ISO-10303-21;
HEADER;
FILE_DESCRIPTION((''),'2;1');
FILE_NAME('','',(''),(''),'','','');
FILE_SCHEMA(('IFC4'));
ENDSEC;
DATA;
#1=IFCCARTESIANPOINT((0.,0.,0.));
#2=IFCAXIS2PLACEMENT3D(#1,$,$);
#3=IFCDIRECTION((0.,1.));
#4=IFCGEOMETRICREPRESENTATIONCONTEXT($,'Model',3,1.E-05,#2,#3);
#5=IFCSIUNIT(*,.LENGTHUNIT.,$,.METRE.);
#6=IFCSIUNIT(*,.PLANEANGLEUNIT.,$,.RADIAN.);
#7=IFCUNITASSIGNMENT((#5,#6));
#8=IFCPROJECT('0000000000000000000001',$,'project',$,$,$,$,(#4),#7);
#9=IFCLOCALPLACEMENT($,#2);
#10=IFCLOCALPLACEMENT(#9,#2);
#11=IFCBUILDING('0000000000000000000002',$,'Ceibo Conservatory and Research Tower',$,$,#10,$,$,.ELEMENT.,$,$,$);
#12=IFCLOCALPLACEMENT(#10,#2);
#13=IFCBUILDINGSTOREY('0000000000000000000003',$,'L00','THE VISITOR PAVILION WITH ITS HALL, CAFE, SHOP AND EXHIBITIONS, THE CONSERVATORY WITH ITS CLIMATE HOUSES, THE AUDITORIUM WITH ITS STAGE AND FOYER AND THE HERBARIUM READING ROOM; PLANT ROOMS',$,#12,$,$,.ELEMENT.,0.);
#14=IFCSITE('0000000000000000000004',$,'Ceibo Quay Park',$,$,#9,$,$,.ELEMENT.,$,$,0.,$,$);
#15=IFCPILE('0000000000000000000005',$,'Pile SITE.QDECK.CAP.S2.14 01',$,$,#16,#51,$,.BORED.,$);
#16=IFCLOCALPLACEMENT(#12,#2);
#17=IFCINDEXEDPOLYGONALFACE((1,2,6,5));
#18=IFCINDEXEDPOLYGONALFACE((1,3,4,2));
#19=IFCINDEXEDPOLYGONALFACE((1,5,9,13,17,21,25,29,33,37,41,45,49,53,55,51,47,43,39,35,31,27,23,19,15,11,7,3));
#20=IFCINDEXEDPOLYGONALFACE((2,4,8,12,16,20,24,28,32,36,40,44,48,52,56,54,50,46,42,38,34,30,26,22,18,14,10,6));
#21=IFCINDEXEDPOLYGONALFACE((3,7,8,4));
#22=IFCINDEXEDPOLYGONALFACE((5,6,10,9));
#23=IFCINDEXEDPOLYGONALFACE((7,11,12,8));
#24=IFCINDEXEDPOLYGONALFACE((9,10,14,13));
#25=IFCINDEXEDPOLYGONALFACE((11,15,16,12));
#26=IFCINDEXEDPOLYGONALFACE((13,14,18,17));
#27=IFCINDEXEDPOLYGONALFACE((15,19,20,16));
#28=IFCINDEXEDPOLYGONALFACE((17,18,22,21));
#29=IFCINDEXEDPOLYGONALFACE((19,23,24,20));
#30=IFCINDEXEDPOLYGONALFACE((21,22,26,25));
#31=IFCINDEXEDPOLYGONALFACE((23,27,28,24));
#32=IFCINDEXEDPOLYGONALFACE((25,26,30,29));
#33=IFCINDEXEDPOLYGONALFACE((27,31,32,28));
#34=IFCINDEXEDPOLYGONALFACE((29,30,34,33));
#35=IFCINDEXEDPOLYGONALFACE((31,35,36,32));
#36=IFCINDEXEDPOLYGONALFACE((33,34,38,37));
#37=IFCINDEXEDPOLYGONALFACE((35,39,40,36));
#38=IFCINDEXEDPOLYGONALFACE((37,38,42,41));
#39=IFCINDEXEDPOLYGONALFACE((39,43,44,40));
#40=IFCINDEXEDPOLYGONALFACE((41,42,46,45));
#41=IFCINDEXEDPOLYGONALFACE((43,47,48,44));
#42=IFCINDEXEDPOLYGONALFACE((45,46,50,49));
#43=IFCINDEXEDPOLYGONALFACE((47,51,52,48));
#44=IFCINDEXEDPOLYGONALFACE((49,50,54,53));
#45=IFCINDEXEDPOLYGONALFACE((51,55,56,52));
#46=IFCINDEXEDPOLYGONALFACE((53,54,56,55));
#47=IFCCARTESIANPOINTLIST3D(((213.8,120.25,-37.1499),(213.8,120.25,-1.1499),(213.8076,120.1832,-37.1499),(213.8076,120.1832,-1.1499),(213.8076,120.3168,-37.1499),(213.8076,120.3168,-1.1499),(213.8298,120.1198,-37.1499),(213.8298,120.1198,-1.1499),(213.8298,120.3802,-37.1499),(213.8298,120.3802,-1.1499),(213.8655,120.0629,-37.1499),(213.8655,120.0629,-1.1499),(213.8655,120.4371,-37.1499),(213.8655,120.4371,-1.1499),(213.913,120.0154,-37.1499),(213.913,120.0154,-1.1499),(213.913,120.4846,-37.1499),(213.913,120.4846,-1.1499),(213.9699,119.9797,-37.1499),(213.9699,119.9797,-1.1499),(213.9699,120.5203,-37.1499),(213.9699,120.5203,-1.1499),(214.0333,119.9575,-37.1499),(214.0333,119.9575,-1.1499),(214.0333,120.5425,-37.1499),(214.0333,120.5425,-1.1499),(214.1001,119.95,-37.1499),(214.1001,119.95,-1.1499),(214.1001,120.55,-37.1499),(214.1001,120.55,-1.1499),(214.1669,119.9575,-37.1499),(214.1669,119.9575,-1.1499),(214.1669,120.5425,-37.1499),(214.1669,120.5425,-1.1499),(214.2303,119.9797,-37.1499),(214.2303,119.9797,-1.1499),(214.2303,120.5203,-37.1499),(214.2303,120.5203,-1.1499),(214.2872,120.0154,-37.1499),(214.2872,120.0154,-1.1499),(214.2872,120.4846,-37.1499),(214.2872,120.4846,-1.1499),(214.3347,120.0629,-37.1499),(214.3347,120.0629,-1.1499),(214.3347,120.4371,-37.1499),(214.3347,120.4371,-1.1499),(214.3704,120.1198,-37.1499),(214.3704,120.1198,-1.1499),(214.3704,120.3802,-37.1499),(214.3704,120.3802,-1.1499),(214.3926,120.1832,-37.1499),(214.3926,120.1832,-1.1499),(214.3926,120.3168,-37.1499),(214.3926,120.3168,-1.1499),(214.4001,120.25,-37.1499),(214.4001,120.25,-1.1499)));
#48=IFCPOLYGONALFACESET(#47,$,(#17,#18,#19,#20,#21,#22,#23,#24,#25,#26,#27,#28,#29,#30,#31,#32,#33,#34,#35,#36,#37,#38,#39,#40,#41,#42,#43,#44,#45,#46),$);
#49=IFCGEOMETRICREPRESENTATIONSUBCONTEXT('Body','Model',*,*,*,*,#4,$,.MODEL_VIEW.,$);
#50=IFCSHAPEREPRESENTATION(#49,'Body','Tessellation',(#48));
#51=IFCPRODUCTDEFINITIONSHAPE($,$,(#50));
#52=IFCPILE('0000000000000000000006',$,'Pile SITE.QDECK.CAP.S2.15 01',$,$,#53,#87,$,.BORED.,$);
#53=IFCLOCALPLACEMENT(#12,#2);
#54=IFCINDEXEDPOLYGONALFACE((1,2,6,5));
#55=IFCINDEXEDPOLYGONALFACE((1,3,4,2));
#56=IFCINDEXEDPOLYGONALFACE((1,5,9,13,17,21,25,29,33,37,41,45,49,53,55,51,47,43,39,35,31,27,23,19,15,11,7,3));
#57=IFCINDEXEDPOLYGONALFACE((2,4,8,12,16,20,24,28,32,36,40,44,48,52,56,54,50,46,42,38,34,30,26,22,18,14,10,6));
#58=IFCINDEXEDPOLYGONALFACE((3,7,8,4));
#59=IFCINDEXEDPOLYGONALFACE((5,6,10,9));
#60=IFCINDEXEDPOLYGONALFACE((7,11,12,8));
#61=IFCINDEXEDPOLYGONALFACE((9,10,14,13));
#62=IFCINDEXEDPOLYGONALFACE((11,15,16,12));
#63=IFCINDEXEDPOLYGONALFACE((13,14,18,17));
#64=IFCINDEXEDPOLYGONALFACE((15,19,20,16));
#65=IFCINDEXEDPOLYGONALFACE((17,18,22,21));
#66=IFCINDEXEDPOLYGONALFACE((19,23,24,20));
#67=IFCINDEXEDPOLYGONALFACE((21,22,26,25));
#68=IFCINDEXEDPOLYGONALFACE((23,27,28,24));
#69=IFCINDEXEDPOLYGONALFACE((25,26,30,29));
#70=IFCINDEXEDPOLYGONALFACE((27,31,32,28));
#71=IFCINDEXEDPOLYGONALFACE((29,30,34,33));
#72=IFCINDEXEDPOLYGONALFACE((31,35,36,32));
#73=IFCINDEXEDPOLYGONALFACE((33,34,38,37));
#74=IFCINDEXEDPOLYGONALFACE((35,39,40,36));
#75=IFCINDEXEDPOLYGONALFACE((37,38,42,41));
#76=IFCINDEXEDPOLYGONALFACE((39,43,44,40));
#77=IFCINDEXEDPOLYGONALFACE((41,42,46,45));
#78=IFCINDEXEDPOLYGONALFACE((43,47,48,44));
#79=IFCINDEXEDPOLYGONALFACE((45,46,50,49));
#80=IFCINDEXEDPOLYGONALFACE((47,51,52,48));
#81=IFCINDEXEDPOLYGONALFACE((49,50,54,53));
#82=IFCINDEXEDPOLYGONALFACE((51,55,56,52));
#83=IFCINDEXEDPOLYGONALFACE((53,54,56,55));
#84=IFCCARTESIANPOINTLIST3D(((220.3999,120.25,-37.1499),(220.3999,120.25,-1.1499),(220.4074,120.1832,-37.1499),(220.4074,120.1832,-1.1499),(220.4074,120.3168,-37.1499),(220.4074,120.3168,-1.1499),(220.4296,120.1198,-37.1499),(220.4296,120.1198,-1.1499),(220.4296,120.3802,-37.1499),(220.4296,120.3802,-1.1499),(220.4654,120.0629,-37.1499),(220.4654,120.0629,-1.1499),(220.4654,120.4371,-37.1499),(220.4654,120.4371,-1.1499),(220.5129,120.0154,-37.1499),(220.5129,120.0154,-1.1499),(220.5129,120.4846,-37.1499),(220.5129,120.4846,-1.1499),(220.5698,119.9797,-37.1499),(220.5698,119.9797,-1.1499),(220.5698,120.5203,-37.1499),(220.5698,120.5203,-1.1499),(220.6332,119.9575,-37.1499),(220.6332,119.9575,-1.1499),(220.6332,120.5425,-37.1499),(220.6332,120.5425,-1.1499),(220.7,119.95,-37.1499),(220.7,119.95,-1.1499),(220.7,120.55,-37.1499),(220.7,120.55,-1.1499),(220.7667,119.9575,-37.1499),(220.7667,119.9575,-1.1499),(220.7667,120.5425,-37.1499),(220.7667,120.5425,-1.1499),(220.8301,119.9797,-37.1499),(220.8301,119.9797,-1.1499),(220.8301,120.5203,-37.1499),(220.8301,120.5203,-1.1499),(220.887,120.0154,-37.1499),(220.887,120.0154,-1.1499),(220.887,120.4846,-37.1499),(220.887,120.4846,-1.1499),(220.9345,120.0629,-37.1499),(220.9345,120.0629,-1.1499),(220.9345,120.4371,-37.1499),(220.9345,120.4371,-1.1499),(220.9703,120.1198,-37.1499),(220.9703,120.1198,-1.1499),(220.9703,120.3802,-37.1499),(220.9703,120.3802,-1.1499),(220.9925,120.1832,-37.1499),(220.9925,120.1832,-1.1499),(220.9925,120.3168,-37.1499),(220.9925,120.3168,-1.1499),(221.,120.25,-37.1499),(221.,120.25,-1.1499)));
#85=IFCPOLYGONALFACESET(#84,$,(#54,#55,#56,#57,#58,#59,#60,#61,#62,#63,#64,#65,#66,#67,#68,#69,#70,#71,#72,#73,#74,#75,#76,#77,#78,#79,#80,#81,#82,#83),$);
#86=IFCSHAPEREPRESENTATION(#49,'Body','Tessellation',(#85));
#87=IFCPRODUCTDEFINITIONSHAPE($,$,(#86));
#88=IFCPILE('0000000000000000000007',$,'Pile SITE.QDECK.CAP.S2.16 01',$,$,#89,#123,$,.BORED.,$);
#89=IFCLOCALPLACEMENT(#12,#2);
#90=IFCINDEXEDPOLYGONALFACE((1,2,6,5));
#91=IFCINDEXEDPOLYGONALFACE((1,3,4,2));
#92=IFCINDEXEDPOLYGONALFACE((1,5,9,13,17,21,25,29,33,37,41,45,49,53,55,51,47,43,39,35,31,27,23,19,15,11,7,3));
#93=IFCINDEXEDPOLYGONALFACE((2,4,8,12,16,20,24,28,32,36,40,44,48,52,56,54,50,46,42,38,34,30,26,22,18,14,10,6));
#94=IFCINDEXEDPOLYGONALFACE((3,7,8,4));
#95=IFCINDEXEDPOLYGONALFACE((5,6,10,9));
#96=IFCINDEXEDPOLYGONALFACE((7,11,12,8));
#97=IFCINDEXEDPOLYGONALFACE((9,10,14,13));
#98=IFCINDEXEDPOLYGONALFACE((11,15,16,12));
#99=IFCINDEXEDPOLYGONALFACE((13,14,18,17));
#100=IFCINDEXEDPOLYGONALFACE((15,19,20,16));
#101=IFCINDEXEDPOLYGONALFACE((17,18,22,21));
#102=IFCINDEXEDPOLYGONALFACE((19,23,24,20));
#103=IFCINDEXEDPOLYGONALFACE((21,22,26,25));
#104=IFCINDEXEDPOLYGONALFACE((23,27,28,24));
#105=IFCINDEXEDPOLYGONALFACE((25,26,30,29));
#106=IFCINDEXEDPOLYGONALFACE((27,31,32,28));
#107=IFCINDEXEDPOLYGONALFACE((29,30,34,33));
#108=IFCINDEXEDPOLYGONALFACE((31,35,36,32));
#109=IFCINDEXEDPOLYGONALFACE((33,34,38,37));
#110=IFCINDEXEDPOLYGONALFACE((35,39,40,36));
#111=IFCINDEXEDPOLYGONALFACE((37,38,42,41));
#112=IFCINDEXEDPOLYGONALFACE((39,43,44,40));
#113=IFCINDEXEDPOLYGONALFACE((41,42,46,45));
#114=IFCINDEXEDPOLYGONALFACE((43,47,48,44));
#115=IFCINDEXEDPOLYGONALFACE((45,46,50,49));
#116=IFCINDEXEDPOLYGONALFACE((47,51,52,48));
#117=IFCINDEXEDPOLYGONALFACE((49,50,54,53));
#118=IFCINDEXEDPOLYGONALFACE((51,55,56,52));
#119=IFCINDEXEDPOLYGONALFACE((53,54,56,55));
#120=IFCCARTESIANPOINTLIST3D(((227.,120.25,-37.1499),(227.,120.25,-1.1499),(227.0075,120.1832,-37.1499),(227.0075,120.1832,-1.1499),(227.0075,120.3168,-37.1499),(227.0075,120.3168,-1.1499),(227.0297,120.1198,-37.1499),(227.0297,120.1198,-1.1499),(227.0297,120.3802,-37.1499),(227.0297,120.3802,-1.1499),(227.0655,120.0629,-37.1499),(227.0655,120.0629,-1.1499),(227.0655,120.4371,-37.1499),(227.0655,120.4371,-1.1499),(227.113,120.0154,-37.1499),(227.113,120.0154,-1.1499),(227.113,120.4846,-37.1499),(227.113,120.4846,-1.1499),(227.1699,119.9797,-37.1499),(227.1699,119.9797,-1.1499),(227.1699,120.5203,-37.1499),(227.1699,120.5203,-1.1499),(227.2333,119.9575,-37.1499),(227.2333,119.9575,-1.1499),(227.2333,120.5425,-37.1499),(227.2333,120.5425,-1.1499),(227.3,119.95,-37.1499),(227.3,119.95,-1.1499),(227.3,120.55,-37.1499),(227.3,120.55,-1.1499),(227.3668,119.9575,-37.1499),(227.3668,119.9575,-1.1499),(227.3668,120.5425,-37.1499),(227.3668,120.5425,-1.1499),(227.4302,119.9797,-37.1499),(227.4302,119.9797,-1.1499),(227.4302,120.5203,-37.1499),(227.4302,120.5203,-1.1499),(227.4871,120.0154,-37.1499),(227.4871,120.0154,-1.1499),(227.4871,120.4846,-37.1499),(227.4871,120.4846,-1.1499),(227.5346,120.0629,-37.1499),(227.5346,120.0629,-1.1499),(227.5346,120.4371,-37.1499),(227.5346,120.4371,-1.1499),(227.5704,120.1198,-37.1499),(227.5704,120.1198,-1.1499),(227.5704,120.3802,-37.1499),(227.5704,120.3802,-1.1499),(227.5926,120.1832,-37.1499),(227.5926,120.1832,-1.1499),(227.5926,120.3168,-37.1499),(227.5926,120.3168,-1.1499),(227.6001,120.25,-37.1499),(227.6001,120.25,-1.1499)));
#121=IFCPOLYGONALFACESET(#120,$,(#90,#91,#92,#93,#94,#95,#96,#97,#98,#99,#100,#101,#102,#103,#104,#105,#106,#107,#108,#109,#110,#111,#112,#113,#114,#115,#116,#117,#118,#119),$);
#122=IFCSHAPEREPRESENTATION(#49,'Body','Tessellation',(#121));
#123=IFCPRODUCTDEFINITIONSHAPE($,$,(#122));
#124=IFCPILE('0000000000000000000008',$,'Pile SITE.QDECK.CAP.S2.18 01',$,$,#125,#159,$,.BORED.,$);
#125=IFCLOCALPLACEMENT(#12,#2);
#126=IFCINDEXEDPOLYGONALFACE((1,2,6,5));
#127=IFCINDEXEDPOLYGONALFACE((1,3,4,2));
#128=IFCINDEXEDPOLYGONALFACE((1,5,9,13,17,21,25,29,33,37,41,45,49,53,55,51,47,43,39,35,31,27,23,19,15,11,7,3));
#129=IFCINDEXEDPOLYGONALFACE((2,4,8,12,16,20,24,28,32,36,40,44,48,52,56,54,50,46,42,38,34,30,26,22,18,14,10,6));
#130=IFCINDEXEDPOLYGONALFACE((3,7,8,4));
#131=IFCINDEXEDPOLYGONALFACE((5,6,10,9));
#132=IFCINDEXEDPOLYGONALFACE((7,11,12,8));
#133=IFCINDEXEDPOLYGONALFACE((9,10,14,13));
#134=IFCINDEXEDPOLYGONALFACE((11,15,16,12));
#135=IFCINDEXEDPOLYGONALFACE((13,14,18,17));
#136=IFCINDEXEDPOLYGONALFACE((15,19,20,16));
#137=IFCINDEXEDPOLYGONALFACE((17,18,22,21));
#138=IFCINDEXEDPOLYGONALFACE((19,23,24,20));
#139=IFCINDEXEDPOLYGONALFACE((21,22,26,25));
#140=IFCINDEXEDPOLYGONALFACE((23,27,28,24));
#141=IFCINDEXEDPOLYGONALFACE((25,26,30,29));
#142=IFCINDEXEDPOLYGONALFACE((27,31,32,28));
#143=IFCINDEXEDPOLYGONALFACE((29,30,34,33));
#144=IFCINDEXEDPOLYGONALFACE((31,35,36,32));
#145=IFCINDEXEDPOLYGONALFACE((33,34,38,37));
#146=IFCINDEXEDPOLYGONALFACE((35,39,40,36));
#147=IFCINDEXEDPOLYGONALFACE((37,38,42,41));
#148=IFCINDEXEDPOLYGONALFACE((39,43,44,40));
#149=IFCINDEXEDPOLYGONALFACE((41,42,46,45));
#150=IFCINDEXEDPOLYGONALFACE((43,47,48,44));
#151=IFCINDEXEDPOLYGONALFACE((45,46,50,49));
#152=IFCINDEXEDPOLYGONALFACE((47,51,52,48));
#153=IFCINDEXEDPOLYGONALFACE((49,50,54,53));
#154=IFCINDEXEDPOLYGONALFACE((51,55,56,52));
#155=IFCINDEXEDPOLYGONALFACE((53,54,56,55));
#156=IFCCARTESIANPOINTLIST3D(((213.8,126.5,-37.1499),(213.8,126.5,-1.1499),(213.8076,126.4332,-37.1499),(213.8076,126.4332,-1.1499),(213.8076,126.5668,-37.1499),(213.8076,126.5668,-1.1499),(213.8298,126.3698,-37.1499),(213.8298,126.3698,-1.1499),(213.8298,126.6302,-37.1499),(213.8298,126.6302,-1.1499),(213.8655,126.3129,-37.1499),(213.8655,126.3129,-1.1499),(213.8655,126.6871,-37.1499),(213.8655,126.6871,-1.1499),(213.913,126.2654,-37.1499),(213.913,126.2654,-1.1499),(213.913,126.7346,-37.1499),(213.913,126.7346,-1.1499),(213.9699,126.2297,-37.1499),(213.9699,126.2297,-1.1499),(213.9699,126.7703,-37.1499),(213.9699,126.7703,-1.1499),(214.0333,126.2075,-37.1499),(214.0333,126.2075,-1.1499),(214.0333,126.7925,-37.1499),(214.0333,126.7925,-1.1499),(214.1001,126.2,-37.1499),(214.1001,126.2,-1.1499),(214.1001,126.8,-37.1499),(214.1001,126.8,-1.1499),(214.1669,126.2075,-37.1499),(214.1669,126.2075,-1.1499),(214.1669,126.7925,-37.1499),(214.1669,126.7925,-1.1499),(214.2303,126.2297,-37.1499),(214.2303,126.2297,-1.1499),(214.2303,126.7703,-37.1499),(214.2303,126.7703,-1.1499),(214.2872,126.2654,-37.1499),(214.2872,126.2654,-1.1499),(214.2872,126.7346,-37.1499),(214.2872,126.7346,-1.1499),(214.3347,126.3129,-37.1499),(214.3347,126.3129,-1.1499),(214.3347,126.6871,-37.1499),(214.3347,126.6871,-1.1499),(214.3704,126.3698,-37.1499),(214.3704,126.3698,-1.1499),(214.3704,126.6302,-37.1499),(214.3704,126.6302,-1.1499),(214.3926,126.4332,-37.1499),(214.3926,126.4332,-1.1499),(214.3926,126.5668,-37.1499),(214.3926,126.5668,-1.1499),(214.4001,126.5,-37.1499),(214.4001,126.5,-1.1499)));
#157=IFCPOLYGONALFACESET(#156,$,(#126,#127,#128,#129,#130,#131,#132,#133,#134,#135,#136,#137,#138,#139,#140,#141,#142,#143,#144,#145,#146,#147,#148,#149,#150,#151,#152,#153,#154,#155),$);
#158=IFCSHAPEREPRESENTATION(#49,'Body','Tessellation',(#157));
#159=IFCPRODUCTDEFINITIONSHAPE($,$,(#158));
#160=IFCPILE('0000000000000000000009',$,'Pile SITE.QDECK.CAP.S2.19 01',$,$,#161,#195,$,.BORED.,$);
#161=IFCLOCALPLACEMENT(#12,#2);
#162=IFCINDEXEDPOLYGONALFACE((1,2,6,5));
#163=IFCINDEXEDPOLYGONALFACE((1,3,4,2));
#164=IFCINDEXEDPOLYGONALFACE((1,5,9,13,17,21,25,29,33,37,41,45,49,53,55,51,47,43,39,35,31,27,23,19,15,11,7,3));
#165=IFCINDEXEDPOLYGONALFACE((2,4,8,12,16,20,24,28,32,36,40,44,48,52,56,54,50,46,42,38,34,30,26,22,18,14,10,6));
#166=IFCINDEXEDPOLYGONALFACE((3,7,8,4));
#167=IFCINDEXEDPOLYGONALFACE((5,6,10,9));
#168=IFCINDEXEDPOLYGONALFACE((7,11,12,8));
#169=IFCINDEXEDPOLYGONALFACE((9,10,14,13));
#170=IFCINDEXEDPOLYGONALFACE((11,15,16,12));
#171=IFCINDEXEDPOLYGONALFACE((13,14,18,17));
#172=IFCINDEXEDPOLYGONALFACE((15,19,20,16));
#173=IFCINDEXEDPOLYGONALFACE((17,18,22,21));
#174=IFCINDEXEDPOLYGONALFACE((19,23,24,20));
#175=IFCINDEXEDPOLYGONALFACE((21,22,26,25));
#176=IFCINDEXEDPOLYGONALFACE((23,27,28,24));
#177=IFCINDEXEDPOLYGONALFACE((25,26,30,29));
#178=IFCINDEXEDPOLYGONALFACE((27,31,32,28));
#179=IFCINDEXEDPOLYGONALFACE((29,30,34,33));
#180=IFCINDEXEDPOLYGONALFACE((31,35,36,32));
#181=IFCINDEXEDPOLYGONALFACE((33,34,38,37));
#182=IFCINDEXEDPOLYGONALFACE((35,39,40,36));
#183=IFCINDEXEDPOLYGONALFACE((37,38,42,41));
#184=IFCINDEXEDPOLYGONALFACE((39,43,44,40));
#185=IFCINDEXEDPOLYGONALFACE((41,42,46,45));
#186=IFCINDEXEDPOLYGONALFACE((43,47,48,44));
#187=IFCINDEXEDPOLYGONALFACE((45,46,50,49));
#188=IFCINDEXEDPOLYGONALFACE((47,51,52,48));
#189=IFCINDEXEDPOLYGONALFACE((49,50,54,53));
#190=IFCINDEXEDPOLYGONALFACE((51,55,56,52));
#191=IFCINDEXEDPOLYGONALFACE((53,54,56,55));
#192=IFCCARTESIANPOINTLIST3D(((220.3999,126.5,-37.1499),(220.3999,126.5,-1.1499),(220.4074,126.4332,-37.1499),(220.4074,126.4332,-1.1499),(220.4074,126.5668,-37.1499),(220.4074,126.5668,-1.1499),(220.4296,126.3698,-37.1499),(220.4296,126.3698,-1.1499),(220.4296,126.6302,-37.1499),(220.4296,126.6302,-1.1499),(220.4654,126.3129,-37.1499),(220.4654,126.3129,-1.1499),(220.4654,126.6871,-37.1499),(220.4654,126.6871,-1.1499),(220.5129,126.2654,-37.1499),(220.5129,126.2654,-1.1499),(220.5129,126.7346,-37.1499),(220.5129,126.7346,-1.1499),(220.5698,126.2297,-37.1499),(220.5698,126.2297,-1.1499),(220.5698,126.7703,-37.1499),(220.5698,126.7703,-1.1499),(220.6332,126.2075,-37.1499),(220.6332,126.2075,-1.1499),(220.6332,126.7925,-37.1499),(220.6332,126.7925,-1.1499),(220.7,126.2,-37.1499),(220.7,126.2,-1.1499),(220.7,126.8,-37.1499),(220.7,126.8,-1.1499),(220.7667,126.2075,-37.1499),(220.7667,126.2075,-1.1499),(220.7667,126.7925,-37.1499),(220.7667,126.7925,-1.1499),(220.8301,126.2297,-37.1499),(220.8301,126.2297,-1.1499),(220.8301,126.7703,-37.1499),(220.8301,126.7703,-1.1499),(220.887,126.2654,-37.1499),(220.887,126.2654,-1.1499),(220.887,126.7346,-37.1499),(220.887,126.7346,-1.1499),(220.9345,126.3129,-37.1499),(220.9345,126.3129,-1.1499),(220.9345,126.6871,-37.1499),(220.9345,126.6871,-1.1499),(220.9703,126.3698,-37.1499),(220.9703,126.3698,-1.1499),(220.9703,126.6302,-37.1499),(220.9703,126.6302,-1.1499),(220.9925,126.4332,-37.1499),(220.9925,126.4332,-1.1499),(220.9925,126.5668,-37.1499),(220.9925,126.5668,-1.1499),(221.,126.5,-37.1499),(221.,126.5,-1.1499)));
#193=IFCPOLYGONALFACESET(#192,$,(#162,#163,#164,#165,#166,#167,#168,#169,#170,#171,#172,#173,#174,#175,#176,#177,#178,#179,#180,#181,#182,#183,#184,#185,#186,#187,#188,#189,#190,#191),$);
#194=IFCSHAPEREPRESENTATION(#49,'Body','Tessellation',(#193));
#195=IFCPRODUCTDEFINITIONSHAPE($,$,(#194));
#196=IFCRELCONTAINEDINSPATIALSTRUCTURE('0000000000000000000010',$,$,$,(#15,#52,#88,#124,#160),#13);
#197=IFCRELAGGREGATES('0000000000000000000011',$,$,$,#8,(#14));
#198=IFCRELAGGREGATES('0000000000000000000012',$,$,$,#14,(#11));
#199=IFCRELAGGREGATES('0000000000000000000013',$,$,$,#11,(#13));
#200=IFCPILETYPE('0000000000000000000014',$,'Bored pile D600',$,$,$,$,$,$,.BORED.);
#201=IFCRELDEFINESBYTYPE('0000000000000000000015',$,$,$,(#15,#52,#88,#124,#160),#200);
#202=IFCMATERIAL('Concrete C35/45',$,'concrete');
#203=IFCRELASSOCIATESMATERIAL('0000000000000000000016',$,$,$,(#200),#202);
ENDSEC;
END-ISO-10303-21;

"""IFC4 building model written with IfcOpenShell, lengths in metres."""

from ifc_helpers import new_model, si_unit, direction, frame, origin, origin_2d, place, context, subcontext, project, spatial, circle, extrude, material, material_profile, profile_set, type_object, element, save


model = new_model("IFC4")

# Units and contexts
model_context = context("Model", 3, precision=1e-05, world=origin(), true_north=direction((0.0, 1.0)))
body_context = subcontext(model_context, "Body", "Model", "MODEL_VIEW")
ifc_project = project(units=[si_unit("LENGTHUNIT", "METRE"), si_unit("PLANEANGLEUNIT", "RADIAN")], contexts=[model_context])

# Site, building, storey
site_placement = place(None, origin())
site = spatial("IfcSite", under=ifc_project, at=site_placement, Name="Ceibo Quay Park", CompositionType="ELEMENT", RefElevation=0.0)
building_placement = place(site_placement, origin())
building = spatial("IfcBuilding", under=site, at=building_placement, Name="Ceibo Conservatory and Research Tower", CompositionType="ELEMENT")
storey_placement = place(building_placement, origin())
storey = spatial("IfcBuildingStorey", under=building, at=storey_placement, Name="L00", Description="THE VISITOR PAVILION WITH ITS HALL, CAFE, SHOP AND EXHIBITIONS, THE CONSERVATORY WITH ITS CLIMATE HOUSES, THE AUDITORIUM WITH ITS STAGE AND FOYER AND THE HERBARIUM READING ROOM; PLANT ROOMS", CompositionType="ELEMENT", Elevation=0.0)

# Piles
ifc_material = material(Name="Concrete C35/45", Category="concrete")
ifc_material_profile = material_profile(ifc_material, circle(Radius=0.3, at=origin_2d()), Name="RC D600")
ifc_profile_set = profile_set([ifc_material_profile], Name="Concrete C35/45")
pile_type = type_object("IfcPileType", Name="Bored pile D600", PredefinedType="BORED", material=ifc_profile_set)
for number, where, z_axis, x_axis, name in (
    (1, (214.1001, 120.25, -1.1499), (0.0, 0.0, -1.0), (1.0, 0.0, 0.0), "Pile SITE.QDECK.CAP.S2.14 01"),
    (2, (220.7, 120.25, -1.1499), (0.0, 0.0, -1.0), (1.0, 0.0, 0.0), "Pile SITE.QDECK.CAP.S2.15 01"),
    (3, (227.3, 120.25, -1.1499), (0.0, 0.0, -1.0), (1.0, 0.0, 0.0), "Pile SITE.QDECK.CAP.S2.16 01"),
    (4, (214.1001, 126.5, -1.1499), (0.0, 0.0, -1.0), (1.0, 0.0, 0.0), "Pile SITE.QDECK.CAP.S2.18 01"),
    (5, (220.7, 126.5, -1.1499), (0.0, 0.0, -1.0), (1.0, 0.0, 0.0), "Pile SITE.QDECK.CAP.S2.19 01"),
):
    element("IfcPile", number, at=place(storey_placement, frame(where, z_axis=z_axis, x_axis=x_axis)), inside=storey, type_object=pile_type, Name=name, PredefinedType="BORED", context=body_context, shape_type="SweptSolid", body=[
        extrude(circle(Radius=0.3, at=origin_2d()), origin(), (0.0, 0.0, 1.0), 36.0),
    ])

save(model, "model.ifc")
